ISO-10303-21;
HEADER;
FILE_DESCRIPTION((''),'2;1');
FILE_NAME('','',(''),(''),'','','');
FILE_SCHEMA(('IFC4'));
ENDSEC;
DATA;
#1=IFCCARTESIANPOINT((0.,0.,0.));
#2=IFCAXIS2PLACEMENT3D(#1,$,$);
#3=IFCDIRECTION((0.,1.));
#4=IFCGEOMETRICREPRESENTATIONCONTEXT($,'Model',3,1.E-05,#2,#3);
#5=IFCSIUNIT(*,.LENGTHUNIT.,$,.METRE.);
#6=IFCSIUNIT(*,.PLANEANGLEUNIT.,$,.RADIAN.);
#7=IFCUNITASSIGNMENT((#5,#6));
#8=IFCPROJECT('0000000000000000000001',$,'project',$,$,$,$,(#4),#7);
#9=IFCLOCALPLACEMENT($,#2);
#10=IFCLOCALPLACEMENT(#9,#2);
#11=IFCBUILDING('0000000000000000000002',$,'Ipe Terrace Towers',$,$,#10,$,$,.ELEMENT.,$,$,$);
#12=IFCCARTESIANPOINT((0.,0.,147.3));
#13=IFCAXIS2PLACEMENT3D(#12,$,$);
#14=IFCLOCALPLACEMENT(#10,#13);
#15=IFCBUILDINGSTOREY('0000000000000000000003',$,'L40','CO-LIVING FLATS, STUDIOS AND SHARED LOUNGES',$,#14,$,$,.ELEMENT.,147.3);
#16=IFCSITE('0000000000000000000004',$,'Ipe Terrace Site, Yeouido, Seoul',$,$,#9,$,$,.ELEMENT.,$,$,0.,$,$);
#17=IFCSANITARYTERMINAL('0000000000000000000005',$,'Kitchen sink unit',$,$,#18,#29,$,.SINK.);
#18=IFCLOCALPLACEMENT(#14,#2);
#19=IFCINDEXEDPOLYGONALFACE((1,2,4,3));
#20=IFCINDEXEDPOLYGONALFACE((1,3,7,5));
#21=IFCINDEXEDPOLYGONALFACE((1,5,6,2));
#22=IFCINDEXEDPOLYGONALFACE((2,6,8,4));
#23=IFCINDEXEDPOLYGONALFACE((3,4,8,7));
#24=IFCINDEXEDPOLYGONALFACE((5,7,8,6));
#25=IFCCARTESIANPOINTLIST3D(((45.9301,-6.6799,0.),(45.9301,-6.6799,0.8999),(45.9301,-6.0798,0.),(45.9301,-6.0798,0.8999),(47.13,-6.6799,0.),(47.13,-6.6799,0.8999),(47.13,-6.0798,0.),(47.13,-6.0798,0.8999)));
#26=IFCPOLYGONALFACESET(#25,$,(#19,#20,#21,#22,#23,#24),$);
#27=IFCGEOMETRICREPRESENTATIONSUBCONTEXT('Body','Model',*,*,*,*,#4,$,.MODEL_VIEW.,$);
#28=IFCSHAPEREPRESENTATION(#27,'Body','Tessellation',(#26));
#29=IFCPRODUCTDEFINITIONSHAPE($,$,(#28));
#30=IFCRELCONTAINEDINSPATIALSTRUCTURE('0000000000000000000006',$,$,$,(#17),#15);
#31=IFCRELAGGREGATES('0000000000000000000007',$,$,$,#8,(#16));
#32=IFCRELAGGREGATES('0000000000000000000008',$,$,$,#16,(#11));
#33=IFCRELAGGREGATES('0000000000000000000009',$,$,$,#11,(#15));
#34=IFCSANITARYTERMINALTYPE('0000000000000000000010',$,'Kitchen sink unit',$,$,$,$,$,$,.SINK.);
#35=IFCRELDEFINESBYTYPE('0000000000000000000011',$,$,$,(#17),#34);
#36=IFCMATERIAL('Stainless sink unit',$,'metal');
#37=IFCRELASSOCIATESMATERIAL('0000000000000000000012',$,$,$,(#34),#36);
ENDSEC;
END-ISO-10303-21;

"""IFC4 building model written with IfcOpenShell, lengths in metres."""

from ifc_helpers import new_model, si_unit, direction, frame, origin, origin_2d, place, context, subcontext, project, spatial, rectangle, extrude, material, type_object, element, save


model = new_model("IFC4")

# Units and contexts
model_context = context("Model", 3, precision=1e-05, world=origin(), true_north=direction((0.0, 1.0)))
body_context = subcontext(model_context, "Body", "Model", "MODEL_VIEW")
ifc_project = project(units=[si_unit("LENGTHUNIT", "METRE"), si_unit("PLANEANGLEUNIT", "RADIAN")], contexts=[model_context])

# Site, building, storey
site_placement = place(None, origin())
site = spatial("IfcSite", under=ifc_project, at=site_placement, Name="Ipe Terrace Site, Yeouido, Seoul", CompositionType="ELEMENT", RefElevation=0.0)
building_placement = place(site_placement, origin())
building = spatial("IfcBuilding", under=site, at=building_placement, Name="Ipe Terrace Towers", CompositionType="ELEMENT")
storey_placement = place(building_placement, frame((0.0, 0.0, 147.3)))
storey = spatial("IfcBuildingStorey", under=building, at=storey_placement, Name="L40", Description="CO-LIVING FLATS, STUDIOS AND SHARED LOUNGES", CompositionType="ELEMENT", Elevation=147.3)

# Sanitary terminal
ifc_material_1 = material(Name="Stainless sink unit", Category="metal")
sanitary_terminal_type = type_object("IfcSanitaryTerminalType", Name="Kitchen sink unit", PredefinedType="SINK", material=ifc_material_1)
sanitary_terminal_placement = place(storey_placement, frame((46.53, -6.3799, 0.0), z_axis=(0.0, 0.0, 1.0), x_axis=(-1.0, 0.0, 0.0)))
element("IfcSanitaryTerminal", 1, at=sanitary_terminal_placement, inside=storey, type_object=sanitary_terminal_type, Name="Kitchen sink unit", PredefinedType="SINK", context=body_context, shape_type="SweptSolid", body=[
    extrude(rectangle(XDim=1.2, YDim=0.6001, at=origin_2d()), origin(), (0.0, 0.0, 1.0), 0.8999),
])

save(model, "model.ifc")
